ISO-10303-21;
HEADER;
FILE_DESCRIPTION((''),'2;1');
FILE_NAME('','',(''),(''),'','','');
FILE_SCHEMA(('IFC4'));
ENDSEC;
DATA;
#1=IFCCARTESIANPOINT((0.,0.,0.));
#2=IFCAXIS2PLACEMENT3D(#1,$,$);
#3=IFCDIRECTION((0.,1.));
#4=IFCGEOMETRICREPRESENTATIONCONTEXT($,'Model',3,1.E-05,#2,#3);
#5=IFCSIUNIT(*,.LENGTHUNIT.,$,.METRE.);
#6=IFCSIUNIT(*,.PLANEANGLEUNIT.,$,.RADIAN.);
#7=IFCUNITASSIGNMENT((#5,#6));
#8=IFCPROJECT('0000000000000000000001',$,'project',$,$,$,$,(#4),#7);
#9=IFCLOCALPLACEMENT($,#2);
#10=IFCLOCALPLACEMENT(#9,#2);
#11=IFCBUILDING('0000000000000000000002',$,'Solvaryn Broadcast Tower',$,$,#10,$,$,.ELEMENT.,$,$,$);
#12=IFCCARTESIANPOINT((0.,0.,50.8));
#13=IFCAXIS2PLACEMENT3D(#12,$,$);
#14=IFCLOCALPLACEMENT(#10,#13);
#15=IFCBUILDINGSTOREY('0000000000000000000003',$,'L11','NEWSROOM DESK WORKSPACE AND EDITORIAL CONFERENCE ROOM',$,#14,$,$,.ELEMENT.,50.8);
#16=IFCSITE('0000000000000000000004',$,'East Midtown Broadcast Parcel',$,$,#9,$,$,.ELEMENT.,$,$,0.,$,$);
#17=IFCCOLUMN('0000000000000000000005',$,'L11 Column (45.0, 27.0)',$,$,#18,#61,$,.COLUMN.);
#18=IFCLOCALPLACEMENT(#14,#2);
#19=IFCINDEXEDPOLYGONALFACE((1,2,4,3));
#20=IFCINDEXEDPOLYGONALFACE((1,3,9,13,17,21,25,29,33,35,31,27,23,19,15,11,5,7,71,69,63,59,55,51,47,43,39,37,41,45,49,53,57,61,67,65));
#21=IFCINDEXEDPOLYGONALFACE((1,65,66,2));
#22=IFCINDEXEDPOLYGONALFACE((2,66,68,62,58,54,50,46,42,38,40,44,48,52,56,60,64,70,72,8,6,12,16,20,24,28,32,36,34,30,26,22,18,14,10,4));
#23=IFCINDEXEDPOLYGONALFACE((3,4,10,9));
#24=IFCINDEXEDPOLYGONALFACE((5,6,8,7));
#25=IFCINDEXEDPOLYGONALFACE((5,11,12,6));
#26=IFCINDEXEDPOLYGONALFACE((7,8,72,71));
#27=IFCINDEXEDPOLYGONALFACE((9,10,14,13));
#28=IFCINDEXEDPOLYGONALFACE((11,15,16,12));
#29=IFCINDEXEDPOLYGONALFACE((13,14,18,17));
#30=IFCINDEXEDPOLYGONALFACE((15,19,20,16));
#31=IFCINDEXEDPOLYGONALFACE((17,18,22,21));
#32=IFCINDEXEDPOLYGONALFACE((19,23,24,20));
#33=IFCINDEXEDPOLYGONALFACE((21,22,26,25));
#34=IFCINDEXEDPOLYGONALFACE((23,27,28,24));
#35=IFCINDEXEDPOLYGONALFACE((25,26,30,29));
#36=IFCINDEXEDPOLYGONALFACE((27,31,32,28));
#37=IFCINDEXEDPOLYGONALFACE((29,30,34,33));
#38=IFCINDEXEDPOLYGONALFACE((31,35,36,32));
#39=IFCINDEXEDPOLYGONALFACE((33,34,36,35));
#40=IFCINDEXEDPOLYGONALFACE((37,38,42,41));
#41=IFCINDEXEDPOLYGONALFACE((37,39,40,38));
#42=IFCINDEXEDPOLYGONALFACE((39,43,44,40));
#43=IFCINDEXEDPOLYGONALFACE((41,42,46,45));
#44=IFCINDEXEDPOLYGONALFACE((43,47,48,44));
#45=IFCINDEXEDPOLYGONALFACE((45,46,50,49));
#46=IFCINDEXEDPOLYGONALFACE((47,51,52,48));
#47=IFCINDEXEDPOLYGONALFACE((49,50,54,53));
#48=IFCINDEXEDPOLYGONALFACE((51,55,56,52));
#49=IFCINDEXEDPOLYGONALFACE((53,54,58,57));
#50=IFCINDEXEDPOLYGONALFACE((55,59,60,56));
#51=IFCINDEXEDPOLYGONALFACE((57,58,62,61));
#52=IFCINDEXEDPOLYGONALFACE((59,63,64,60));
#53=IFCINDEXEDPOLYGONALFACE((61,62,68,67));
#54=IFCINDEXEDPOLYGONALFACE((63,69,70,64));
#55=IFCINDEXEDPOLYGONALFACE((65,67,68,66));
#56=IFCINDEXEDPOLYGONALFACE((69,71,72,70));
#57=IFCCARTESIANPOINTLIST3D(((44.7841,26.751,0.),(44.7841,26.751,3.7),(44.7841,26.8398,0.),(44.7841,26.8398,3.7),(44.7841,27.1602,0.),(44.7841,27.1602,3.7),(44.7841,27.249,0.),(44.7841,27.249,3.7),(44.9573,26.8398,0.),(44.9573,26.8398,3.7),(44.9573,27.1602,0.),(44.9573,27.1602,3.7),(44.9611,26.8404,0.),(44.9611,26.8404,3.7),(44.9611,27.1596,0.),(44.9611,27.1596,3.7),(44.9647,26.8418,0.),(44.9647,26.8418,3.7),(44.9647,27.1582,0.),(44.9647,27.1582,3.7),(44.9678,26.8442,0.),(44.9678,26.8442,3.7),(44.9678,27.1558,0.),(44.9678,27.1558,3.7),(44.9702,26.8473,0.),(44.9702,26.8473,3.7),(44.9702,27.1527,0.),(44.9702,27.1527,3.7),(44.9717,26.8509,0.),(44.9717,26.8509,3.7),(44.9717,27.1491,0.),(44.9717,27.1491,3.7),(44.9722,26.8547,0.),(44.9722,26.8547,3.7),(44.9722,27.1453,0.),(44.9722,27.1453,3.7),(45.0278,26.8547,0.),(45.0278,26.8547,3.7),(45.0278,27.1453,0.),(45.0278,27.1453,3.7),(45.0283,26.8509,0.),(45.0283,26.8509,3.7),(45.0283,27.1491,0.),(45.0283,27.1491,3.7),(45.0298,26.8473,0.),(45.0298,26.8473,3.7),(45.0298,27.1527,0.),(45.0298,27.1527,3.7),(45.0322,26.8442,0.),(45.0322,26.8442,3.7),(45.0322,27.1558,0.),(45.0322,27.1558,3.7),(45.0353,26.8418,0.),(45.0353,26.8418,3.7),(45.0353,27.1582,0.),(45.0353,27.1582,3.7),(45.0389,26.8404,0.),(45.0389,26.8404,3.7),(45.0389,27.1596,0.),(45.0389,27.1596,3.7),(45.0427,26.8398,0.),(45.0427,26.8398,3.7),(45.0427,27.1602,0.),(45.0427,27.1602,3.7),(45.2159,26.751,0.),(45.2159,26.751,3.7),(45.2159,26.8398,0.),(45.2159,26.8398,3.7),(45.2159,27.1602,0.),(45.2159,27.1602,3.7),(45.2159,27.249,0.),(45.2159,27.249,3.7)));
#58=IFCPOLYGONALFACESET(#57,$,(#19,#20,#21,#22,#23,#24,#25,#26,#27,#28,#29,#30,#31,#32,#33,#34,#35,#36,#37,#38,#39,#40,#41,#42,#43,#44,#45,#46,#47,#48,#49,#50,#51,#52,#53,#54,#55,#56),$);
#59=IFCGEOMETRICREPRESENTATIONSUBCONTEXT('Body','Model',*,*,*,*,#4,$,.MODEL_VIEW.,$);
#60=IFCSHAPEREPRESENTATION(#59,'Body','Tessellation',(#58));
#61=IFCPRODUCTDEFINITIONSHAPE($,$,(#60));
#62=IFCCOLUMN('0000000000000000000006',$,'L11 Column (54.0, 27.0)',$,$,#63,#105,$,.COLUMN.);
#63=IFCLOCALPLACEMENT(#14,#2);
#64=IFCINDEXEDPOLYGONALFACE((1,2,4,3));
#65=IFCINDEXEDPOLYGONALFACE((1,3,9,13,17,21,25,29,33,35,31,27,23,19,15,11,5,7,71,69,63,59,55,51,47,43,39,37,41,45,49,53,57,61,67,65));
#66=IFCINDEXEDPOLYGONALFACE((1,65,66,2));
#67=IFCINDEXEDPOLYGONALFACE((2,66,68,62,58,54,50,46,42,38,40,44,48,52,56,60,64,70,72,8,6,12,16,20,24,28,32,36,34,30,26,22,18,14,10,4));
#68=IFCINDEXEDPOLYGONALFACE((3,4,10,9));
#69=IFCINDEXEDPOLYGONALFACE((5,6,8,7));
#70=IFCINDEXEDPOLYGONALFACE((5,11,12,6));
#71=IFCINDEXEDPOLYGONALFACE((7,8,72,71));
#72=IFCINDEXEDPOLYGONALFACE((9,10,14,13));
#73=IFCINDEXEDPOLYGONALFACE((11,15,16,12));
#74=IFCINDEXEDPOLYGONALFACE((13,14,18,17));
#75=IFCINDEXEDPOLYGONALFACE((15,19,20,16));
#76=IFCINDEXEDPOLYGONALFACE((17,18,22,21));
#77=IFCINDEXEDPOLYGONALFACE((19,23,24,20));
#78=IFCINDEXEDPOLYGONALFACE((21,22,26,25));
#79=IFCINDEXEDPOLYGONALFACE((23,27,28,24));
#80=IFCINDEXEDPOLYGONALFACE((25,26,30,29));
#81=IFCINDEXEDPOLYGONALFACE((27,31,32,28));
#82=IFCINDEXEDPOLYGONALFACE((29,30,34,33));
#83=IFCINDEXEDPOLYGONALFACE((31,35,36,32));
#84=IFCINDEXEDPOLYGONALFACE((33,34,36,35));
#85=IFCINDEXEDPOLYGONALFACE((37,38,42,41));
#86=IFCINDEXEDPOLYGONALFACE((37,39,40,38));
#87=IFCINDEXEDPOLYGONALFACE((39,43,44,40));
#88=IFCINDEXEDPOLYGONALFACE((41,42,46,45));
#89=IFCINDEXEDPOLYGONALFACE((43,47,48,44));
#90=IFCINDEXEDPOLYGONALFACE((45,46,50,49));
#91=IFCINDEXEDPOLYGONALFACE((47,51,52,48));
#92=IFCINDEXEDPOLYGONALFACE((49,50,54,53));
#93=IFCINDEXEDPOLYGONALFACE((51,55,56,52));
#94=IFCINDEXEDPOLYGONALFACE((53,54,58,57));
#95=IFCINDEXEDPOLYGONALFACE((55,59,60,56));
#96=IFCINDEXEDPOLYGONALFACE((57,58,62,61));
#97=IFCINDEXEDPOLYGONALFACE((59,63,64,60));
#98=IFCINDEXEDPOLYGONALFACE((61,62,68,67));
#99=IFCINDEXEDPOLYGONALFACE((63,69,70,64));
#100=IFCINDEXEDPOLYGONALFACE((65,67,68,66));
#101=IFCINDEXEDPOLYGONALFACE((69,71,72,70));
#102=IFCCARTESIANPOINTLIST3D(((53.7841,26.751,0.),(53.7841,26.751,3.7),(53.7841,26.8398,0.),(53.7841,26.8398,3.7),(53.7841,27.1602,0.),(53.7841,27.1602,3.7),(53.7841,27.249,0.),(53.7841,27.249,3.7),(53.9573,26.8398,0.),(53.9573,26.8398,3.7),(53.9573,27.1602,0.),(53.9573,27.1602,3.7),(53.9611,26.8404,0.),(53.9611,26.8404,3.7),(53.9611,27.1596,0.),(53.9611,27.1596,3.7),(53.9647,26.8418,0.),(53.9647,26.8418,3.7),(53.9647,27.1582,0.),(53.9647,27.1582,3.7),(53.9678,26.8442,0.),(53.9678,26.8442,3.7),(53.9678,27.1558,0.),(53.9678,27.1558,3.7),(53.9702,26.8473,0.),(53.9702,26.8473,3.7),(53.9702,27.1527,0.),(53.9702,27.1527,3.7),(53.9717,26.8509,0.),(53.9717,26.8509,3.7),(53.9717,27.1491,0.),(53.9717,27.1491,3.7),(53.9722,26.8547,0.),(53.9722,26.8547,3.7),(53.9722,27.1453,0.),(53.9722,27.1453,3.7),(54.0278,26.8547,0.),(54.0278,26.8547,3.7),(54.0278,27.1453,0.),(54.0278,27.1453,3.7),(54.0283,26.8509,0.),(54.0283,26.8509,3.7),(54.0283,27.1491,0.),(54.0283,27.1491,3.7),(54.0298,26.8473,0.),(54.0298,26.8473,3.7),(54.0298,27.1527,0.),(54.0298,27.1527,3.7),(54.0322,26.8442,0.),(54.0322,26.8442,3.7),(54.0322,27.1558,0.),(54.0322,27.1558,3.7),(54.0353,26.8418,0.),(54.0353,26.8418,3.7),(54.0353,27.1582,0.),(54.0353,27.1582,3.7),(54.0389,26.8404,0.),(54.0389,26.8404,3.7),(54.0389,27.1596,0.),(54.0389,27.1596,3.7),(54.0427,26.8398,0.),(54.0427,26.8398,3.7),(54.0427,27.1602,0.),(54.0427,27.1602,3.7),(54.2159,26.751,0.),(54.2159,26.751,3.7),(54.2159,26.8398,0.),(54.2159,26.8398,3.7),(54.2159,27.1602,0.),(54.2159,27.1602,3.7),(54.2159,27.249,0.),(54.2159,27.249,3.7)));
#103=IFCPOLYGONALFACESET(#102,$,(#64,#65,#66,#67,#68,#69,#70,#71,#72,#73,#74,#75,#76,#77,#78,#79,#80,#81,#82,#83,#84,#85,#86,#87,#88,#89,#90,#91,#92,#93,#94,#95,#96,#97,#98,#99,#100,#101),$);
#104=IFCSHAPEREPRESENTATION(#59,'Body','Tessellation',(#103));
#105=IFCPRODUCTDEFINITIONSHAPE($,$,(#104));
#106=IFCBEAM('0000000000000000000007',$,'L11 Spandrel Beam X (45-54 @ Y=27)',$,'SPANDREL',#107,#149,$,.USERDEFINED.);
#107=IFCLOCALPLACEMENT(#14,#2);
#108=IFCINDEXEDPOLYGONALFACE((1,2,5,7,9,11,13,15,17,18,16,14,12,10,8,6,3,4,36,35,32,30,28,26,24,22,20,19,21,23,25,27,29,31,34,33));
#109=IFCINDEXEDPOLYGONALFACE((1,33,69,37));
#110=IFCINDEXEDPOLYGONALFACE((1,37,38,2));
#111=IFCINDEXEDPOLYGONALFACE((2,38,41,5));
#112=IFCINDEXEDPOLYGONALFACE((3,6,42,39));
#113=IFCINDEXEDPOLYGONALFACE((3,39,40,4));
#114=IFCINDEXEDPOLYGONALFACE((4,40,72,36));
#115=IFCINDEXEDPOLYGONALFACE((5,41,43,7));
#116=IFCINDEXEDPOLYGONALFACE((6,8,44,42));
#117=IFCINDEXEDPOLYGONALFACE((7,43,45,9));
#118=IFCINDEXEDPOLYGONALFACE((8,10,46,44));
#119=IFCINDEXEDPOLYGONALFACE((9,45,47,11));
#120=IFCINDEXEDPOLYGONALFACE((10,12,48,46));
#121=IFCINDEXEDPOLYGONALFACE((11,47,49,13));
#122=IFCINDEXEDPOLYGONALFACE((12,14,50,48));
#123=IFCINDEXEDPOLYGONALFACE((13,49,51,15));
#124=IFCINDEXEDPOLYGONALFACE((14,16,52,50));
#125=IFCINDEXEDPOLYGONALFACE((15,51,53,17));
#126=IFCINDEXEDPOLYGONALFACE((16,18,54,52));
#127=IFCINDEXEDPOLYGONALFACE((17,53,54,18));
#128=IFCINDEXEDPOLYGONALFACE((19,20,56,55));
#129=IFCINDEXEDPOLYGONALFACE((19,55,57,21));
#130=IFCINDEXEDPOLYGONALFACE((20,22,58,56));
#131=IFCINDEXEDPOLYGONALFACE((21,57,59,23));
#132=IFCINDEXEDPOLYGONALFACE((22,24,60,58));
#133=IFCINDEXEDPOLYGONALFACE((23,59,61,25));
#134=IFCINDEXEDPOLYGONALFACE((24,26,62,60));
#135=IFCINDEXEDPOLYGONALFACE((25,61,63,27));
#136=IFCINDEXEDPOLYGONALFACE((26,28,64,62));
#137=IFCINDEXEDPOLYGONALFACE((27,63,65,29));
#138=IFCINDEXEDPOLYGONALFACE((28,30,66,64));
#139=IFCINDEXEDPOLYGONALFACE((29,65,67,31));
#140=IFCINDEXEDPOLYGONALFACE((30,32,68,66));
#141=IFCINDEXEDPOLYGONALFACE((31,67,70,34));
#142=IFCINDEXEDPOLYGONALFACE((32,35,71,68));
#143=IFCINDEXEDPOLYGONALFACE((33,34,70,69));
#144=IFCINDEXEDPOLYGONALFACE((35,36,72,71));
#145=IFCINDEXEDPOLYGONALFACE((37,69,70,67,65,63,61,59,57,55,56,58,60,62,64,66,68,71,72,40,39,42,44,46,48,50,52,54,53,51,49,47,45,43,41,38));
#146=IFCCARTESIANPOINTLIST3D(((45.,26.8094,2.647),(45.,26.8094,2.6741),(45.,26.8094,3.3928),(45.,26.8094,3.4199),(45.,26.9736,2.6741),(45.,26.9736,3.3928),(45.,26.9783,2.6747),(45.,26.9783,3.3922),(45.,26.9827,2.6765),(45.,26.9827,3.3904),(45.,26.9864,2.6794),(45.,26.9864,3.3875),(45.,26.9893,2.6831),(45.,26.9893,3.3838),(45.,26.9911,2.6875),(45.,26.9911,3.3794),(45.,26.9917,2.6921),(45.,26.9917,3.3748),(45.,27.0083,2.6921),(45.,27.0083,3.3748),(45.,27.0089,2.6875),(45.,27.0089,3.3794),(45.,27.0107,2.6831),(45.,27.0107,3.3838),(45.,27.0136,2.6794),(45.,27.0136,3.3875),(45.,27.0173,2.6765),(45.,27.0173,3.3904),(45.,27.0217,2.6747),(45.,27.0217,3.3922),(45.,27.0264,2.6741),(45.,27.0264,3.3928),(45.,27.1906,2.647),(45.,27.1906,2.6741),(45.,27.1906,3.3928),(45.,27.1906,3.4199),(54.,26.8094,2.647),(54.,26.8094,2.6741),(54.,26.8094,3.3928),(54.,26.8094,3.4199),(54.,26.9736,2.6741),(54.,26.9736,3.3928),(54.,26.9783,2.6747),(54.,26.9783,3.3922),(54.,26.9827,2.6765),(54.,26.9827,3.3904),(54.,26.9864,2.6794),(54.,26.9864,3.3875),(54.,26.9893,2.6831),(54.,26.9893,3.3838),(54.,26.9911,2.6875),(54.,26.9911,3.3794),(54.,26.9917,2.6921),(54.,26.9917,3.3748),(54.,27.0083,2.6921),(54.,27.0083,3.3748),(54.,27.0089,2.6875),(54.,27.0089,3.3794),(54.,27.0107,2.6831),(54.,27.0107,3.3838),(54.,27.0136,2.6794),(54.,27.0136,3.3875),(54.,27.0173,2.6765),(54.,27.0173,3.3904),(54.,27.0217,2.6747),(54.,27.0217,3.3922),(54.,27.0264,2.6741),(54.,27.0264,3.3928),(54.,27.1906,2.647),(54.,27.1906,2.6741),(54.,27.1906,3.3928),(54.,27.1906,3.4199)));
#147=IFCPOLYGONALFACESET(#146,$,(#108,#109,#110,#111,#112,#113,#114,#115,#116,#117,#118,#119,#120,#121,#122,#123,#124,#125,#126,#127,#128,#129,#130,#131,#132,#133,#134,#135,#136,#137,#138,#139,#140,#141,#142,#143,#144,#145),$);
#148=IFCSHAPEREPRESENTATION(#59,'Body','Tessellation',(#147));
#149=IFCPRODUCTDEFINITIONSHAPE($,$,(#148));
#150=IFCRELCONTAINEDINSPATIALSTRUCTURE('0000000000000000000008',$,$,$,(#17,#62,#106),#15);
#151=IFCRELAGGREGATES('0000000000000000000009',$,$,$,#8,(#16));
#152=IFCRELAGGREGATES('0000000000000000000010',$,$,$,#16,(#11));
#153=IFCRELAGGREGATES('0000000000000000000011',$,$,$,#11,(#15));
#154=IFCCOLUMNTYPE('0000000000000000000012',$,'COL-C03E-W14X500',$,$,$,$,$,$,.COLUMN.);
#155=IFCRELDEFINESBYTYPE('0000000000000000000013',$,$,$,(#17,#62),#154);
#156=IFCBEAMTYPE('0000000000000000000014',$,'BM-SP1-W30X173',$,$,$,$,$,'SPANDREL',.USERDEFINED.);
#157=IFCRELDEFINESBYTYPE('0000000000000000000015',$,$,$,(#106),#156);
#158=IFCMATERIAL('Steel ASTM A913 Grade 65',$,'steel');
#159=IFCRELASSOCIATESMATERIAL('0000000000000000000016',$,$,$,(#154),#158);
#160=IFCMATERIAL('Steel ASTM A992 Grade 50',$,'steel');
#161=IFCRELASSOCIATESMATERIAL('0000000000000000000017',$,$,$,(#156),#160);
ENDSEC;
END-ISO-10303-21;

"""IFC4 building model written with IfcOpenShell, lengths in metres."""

from ifc_helpers import new_model, si_unit, direction, frame, origin, origin_2d, place, context, subcontext, project, spatial, i_section, extrude, material, material_profile, profile_set, type_object, element, save


model = new_model("IFC4")

# Units and contexts
model_context = context("Model", 3, precision=1e-05, world=origin(), true_north=direction((0.0, 1.0)))
body_context = subcontext(model_context, "Body", "Model", "MODEL_VIEW")
ifc_project = project(units=[si_unit("LENGTHUNIT", "METRE"), si_unit("PLANEANGLEUNIT", "RADIAN")], contexts=[model_context])

# Site, building, storey
site_placement = place(None, origin())
site = spatial("IfcSite", under=ifc_project, at=site_placement, Name="East Midtown Broadcast Parcel", CompositionType="ELEMENT", RefElevation=0.0)
building_placement = place(site_placement, origin())
building = spatial("IfcBuilding", under=site, at=building_placement, Name="Solvaryn Broadcast Tower", CompositionType="ELEMENT")
storey_placement = place(building_placement, frame((0.0, 0.0, 50.8)))
storey = spatial("IfcBuildingStorey", under=building, at=storey_placement, Name="L11", Description="NEWSROOM DESK WORKSPACE AND EDITORIAL CONFERENCE ROOM", CompositionType="ELEMENT", Elevation=50.8)

# Columns
ifc_material_1 = material(Name="Steel ASTM A913 Grade 65", Category="steel")
ifc_material_profile_1 = material_profile(ifc_material_1, i_section(OverallWidth=0.4319, OverallDepth=0.498, WebThickness=0.0557, FlangeThickness=0.0889, FilletRadius=0.0149, at=origin_2d()))
ifc_profile_set_1 = profile_set([ifc_material_profile_1], Name="Steel ASTM A913 Grade 65")
column_type = type_object("IfcColumnType", Name="COL-C03E-W14X500", PredefinedType="COLUMN", material=ifc_profile_set_1)
for number, where, z_axis, x_axis, name in (
    (1, (45.0, 27.0, 0.0), (0.0, 0.0, 1.0), (1.0, 0.0, 0.0), "L11 Column (45.0, 27.0)"),
    (2, (54.0, 27.0, 0.0), (0.0, 0.0, 1.0), (1.0, 0.0, 0.0), "L11 Column (54.0, 27.0)"),
):
    element("IfcColumn", number, at=place(storey_placement, frame(where, z_axis=z_axis, x_axis=x_axis)), inside=storey, type_object=column_type, Name=name, PredefinedType="COLUMN", context=body_context, shape_type="SweptSolid", body=[
        extrude(i_section(OverallWidth=0.4319, OverallDepth=0.498, WebThickness=0.0557, FlangeThickness=0.0889, FilletRadius=0.0149, at=origin_2d()), origin(), (0.0, 0.0, 1.0), 3.7),
    ])

# Beam
ifc_material_2 = material(Name="Steel ASTM A992 Grade 50", Category="steel")
ifc_material_profile_2 = material_profile(ifc_material_2, i_section(OverallWidth=0.3811, OverallDepth=0.7729, WebThickness=0.0166, FlangeThickness=0.0271, FilletRadius=0.0181, at=origin_2d()))
ifc_profile_set_2 = profile_set([ifc_material_profile_2], Name="Steel ASTM A992 Grade 50")
beam_type = type_object("IfcBeamType", Name="BM-SP1-W30X173", ElementType="SPANDREL", PredefinedType="USERDEFINED", material=ifc_profile_set_2)
beam_placement = place(storey_placement, frame((45.0, 27.0, 3.0334), z_axis=(1.0, 0.0, 0.0), x_axis=(0.0, 1.0, 0.0)))
element("IfcBeam", 3, at=beam_placement, inside=storey, type_object=beam_type, Name="L11 Spandrel Beam X (45-54 @ Y=27)", ObjectType="SPANDREL", PredefinedType="USERDEFINED", context=body_context, shape_type="SweptSolid", body=[
    extrude(i_section(OverallWidth=0.3811, OverallDepth=0.7729, WebThickness=0.0166, FlangeThickness=0.0271, FilletRadius=0.0181, at=origin_2d()), origin(), (0.0, 0.0, 1.0), 9.0),
])

save(model, "model.ifc")
